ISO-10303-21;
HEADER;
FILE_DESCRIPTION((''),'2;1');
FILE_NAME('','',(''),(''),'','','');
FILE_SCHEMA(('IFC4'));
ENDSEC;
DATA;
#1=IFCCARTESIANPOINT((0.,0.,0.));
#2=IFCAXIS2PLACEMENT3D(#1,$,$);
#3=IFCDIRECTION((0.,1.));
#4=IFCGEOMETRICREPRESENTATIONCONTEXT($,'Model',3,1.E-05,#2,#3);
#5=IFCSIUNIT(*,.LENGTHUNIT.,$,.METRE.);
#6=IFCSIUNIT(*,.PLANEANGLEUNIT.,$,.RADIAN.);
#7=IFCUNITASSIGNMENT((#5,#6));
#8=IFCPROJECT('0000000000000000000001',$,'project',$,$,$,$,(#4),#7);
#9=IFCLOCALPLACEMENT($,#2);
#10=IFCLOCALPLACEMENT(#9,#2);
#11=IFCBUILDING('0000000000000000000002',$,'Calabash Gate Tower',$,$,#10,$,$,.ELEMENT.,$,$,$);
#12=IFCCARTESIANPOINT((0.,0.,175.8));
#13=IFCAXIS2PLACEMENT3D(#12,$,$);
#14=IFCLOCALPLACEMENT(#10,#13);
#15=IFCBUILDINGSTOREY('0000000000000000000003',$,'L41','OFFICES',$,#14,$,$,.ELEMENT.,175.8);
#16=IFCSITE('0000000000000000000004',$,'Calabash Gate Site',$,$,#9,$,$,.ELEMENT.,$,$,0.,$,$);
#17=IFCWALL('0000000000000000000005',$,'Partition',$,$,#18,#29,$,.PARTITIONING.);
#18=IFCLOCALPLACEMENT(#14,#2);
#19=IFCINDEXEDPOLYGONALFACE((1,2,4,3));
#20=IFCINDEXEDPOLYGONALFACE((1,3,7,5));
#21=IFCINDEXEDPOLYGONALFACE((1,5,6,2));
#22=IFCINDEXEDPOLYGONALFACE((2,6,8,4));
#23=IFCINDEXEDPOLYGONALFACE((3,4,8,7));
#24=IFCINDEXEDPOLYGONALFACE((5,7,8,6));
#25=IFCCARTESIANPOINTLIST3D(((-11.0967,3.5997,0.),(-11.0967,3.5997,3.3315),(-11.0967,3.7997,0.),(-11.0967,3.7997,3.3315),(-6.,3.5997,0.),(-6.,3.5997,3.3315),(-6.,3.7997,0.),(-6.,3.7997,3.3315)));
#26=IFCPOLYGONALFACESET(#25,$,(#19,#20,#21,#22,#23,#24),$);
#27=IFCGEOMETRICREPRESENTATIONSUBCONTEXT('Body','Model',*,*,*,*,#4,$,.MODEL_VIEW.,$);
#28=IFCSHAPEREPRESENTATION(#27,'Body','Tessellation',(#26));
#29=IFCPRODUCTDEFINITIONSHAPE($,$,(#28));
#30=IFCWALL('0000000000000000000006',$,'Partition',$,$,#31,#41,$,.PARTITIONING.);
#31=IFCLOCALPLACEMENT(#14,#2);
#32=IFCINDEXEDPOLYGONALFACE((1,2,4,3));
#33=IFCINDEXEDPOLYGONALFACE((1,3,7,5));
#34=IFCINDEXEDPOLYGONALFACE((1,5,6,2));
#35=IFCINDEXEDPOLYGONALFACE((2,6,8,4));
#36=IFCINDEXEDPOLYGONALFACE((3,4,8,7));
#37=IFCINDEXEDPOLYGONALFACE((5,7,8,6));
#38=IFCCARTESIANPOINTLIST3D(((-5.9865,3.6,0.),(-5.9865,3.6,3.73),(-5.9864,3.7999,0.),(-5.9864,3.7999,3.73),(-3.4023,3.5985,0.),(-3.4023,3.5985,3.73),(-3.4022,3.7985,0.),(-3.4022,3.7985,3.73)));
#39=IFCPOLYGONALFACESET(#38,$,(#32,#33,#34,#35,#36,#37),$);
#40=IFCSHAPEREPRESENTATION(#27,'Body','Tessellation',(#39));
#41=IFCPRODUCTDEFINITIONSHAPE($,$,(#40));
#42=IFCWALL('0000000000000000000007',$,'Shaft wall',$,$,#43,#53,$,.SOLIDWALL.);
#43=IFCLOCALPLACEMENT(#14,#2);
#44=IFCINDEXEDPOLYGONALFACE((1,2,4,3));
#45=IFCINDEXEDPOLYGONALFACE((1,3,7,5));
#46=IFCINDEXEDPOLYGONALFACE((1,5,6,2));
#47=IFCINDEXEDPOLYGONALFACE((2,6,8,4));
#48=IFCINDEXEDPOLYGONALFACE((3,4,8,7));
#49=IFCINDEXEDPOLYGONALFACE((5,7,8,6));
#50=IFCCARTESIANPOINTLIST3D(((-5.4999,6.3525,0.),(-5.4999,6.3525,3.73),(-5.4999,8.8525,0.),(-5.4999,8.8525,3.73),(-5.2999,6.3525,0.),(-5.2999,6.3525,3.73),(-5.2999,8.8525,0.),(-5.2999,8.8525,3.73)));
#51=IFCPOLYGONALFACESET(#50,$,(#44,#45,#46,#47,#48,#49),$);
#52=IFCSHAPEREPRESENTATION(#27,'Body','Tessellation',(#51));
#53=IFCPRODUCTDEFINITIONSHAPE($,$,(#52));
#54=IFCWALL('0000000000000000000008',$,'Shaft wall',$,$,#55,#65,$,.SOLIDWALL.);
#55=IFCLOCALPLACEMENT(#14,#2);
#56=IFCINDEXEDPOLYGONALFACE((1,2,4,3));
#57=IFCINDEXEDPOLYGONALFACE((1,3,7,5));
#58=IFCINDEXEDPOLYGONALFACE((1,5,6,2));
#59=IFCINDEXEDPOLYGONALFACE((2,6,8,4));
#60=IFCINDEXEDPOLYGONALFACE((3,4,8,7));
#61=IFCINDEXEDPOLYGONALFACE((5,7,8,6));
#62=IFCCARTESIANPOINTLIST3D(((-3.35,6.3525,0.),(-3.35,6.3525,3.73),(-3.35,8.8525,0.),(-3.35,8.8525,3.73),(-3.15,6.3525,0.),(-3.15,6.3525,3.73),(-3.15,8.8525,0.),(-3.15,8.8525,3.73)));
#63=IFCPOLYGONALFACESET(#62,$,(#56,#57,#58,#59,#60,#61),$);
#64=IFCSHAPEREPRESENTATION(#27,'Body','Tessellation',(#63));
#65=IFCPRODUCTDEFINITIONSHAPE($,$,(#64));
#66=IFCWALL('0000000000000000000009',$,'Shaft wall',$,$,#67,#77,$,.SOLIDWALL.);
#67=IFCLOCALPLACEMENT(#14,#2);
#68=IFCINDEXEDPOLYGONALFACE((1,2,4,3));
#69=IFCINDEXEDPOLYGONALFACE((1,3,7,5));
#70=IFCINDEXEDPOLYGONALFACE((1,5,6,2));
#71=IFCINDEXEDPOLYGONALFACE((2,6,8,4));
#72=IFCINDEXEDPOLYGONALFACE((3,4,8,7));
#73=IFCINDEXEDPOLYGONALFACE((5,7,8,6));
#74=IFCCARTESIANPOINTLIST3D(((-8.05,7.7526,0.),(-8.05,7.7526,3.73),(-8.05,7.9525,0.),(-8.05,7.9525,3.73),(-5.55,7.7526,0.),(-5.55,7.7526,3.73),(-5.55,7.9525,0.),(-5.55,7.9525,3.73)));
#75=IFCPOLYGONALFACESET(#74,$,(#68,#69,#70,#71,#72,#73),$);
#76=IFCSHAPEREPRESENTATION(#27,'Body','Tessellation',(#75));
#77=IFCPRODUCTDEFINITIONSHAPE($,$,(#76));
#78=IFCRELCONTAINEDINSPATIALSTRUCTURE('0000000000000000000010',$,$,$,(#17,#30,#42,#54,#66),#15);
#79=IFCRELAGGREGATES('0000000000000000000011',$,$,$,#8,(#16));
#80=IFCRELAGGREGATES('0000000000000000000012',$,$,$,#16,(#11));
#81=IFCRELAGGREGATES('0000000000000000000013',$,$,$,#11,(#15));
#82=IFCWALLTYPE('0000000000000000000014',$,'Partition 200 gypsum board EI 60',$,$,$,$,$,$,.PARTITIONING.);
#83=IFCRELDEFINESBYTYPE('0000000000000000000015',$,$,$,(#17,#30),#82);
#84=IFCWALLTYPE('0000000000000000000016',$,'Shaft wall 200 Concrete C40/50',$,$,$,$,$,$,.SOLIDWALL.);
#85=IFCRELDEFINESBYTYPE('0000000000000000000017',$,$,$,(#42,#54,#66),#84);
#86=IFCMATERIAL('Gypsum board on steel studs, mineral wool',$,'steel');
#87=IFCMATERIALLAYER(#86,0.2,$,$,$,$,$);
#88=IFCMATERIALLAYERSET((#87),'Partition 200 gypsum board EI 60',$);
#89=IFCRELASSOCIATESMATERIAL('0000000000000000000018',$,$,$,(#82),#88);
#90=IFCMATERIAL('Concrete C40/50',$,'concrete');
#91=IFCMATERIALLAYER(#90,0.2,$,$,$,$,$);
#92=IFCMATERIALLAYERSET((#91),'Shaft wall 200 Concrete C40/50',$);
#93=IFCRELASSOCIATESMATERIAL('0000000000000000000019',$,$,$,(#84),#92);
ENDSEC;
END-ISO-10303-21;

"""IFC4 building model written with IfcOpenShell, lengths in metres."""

from ifc_helpers import new_model, si_unit, direction, frame, frame_2d, origin, place, context, subcontext, project, spatial, rectangle, extrude, material, layer, layer_set, type_object, element, save


model = new_model("IFC4")

# Units and contexts
model_context = context("Model", 3, precision=1e-05, world=origin(), true_north=direction((0.0, 1.0)))
body_context = subcontext(model_context, "Body", "Model", "MODEL_VIEW")
ifc_project = project(units=[si_unit("LENGTHUNIT", "METRE"), si_unit("PLANEANGLEUNIT", "RADIAN")], contexts=[model_context])

# Site, building, storey
site_placement = place(None, origin())
site = spatial("IfcSite", under=ifc_project, at=site_placement, Name="Calabash Gate Site", CompositionType="ELEMENT", RefElevation=0.0)
building_placement = place(site_placement, origin())
building = spatial("IfcBuilding", under=site, at=building_placement, Name="Calabash Gate Tower", CompositionType="ELEMENT")
storey_placement = place(building_placement, frame((0.0, 0.0, 175.8)))
storey = spatial("IfcBuildingStorey", under=building, at=storey_placement, Name="L41", Description="OFFICES", CompositionType="ELEMENT", Elevation=175.8)

# Shared definitions
ifc_material_1 = material(Name="Gypsum board on steel studs, mineral wool", Category="steel")
ifc_layer_1 = layer(ifc_material_1, 0.2)
ifc_layer_set_1 = layer_set([ifc_layer_1], Name="Partition 200 gypsum board EI 60")
wall_type_1 = type_object("IfcWallType", Name="Partition 200 gypsum board EI 60", PredefinedType="PARTITIONING", material=ifc_layer_set_1)

# Walls
wall_1_placement = place(storey_placement, frame((-11.0967, 3.6997, 0.0), z_axis=(0.0, 0.0, 1.0), x_axis=(1.0, 0.0, 0.0)))
element("IfcWall", 1, at=wall_1_placement, inside=storey, type_object=wall_type_1, Name="Partition", PredefinedType="PARTITIONING", context=body_context, shape_type="SweptSolid", body=[
    extrude(rectangle(XDim=5.0967, YDim=0.2, at=frame_2d((2.5483, 0.0))), origin(), (0.0, 0.0, 1.0), 3.3315),
])
wall_2_placement = place(storey_placement, frame((-5.9863, 3.7, 0.0), z_axis=(0.0, 0.0, 1.0), x_axis=(1.0, -0.000567, 0.0)))
element("IfcWall", 2, at=wall_2_placement, inside=storey, type_object=wall_type_1, Name="Partition", PredefinedType="PARTITIONING", context=body_context, shape_type="SweptSolid", body=[
    extrude(rectangle(XDim=2.5842, YDim=0.2, at=frame_2d((1.292, 0.0))), origin(), (0.0, 0.0, 1.0), 3.73),
])
ifc_material_2 = material(Name="Concrete C40/50", Category="concrete")
ifc_layer_2 = layer(ifc_material_2, 0.2)
ifc_layer_set_2 = layer_set([ifc_layer_2], Name="Shaft wall 200 Concrete C40/50")
wall_type_2 = type_object("IfcWallType", Name="Shaft wall 200 Concrete C40/50", PredefinedType="SOLIDWALL", material=ifc_layer_set_2)
for number, where, z_axis, x_axis, name in (
    (3, (-5.3999, 6.3525, 0.0), (0.0, 0.0, 1.0), (0.0, 1.0, 0.0), "Shaft wall"),
    (4, (-3.25, 6.3525, 0.0), (0.0, 0.0, 1.0), (0.0, 1.0, 0.0), "Shaft wall"),
    (5, (-8.05, 7.8525, 0.0), (0.0, 0.0, 1.0), (1.0, 0.0, 0.0), "Shaft wall"),
):
    element("IfcWall", number, at=place(storey_placement, frame(where, z_axis=z_axis, x_axis=x_axis)), inside=storey, type_object=wall_type_2, Name=name, PredefinedType="SOLIDWALL", context=body_context, shape_type="SweptSolid", body=[
        extrude(rectangle(XDim=2.5, YDim=0.2, at=frame_2d((1.25, 0.0))), origin(), (0.0, 0.0, 1.0), 3.73),
    ])

save(model, "model.ifc")
